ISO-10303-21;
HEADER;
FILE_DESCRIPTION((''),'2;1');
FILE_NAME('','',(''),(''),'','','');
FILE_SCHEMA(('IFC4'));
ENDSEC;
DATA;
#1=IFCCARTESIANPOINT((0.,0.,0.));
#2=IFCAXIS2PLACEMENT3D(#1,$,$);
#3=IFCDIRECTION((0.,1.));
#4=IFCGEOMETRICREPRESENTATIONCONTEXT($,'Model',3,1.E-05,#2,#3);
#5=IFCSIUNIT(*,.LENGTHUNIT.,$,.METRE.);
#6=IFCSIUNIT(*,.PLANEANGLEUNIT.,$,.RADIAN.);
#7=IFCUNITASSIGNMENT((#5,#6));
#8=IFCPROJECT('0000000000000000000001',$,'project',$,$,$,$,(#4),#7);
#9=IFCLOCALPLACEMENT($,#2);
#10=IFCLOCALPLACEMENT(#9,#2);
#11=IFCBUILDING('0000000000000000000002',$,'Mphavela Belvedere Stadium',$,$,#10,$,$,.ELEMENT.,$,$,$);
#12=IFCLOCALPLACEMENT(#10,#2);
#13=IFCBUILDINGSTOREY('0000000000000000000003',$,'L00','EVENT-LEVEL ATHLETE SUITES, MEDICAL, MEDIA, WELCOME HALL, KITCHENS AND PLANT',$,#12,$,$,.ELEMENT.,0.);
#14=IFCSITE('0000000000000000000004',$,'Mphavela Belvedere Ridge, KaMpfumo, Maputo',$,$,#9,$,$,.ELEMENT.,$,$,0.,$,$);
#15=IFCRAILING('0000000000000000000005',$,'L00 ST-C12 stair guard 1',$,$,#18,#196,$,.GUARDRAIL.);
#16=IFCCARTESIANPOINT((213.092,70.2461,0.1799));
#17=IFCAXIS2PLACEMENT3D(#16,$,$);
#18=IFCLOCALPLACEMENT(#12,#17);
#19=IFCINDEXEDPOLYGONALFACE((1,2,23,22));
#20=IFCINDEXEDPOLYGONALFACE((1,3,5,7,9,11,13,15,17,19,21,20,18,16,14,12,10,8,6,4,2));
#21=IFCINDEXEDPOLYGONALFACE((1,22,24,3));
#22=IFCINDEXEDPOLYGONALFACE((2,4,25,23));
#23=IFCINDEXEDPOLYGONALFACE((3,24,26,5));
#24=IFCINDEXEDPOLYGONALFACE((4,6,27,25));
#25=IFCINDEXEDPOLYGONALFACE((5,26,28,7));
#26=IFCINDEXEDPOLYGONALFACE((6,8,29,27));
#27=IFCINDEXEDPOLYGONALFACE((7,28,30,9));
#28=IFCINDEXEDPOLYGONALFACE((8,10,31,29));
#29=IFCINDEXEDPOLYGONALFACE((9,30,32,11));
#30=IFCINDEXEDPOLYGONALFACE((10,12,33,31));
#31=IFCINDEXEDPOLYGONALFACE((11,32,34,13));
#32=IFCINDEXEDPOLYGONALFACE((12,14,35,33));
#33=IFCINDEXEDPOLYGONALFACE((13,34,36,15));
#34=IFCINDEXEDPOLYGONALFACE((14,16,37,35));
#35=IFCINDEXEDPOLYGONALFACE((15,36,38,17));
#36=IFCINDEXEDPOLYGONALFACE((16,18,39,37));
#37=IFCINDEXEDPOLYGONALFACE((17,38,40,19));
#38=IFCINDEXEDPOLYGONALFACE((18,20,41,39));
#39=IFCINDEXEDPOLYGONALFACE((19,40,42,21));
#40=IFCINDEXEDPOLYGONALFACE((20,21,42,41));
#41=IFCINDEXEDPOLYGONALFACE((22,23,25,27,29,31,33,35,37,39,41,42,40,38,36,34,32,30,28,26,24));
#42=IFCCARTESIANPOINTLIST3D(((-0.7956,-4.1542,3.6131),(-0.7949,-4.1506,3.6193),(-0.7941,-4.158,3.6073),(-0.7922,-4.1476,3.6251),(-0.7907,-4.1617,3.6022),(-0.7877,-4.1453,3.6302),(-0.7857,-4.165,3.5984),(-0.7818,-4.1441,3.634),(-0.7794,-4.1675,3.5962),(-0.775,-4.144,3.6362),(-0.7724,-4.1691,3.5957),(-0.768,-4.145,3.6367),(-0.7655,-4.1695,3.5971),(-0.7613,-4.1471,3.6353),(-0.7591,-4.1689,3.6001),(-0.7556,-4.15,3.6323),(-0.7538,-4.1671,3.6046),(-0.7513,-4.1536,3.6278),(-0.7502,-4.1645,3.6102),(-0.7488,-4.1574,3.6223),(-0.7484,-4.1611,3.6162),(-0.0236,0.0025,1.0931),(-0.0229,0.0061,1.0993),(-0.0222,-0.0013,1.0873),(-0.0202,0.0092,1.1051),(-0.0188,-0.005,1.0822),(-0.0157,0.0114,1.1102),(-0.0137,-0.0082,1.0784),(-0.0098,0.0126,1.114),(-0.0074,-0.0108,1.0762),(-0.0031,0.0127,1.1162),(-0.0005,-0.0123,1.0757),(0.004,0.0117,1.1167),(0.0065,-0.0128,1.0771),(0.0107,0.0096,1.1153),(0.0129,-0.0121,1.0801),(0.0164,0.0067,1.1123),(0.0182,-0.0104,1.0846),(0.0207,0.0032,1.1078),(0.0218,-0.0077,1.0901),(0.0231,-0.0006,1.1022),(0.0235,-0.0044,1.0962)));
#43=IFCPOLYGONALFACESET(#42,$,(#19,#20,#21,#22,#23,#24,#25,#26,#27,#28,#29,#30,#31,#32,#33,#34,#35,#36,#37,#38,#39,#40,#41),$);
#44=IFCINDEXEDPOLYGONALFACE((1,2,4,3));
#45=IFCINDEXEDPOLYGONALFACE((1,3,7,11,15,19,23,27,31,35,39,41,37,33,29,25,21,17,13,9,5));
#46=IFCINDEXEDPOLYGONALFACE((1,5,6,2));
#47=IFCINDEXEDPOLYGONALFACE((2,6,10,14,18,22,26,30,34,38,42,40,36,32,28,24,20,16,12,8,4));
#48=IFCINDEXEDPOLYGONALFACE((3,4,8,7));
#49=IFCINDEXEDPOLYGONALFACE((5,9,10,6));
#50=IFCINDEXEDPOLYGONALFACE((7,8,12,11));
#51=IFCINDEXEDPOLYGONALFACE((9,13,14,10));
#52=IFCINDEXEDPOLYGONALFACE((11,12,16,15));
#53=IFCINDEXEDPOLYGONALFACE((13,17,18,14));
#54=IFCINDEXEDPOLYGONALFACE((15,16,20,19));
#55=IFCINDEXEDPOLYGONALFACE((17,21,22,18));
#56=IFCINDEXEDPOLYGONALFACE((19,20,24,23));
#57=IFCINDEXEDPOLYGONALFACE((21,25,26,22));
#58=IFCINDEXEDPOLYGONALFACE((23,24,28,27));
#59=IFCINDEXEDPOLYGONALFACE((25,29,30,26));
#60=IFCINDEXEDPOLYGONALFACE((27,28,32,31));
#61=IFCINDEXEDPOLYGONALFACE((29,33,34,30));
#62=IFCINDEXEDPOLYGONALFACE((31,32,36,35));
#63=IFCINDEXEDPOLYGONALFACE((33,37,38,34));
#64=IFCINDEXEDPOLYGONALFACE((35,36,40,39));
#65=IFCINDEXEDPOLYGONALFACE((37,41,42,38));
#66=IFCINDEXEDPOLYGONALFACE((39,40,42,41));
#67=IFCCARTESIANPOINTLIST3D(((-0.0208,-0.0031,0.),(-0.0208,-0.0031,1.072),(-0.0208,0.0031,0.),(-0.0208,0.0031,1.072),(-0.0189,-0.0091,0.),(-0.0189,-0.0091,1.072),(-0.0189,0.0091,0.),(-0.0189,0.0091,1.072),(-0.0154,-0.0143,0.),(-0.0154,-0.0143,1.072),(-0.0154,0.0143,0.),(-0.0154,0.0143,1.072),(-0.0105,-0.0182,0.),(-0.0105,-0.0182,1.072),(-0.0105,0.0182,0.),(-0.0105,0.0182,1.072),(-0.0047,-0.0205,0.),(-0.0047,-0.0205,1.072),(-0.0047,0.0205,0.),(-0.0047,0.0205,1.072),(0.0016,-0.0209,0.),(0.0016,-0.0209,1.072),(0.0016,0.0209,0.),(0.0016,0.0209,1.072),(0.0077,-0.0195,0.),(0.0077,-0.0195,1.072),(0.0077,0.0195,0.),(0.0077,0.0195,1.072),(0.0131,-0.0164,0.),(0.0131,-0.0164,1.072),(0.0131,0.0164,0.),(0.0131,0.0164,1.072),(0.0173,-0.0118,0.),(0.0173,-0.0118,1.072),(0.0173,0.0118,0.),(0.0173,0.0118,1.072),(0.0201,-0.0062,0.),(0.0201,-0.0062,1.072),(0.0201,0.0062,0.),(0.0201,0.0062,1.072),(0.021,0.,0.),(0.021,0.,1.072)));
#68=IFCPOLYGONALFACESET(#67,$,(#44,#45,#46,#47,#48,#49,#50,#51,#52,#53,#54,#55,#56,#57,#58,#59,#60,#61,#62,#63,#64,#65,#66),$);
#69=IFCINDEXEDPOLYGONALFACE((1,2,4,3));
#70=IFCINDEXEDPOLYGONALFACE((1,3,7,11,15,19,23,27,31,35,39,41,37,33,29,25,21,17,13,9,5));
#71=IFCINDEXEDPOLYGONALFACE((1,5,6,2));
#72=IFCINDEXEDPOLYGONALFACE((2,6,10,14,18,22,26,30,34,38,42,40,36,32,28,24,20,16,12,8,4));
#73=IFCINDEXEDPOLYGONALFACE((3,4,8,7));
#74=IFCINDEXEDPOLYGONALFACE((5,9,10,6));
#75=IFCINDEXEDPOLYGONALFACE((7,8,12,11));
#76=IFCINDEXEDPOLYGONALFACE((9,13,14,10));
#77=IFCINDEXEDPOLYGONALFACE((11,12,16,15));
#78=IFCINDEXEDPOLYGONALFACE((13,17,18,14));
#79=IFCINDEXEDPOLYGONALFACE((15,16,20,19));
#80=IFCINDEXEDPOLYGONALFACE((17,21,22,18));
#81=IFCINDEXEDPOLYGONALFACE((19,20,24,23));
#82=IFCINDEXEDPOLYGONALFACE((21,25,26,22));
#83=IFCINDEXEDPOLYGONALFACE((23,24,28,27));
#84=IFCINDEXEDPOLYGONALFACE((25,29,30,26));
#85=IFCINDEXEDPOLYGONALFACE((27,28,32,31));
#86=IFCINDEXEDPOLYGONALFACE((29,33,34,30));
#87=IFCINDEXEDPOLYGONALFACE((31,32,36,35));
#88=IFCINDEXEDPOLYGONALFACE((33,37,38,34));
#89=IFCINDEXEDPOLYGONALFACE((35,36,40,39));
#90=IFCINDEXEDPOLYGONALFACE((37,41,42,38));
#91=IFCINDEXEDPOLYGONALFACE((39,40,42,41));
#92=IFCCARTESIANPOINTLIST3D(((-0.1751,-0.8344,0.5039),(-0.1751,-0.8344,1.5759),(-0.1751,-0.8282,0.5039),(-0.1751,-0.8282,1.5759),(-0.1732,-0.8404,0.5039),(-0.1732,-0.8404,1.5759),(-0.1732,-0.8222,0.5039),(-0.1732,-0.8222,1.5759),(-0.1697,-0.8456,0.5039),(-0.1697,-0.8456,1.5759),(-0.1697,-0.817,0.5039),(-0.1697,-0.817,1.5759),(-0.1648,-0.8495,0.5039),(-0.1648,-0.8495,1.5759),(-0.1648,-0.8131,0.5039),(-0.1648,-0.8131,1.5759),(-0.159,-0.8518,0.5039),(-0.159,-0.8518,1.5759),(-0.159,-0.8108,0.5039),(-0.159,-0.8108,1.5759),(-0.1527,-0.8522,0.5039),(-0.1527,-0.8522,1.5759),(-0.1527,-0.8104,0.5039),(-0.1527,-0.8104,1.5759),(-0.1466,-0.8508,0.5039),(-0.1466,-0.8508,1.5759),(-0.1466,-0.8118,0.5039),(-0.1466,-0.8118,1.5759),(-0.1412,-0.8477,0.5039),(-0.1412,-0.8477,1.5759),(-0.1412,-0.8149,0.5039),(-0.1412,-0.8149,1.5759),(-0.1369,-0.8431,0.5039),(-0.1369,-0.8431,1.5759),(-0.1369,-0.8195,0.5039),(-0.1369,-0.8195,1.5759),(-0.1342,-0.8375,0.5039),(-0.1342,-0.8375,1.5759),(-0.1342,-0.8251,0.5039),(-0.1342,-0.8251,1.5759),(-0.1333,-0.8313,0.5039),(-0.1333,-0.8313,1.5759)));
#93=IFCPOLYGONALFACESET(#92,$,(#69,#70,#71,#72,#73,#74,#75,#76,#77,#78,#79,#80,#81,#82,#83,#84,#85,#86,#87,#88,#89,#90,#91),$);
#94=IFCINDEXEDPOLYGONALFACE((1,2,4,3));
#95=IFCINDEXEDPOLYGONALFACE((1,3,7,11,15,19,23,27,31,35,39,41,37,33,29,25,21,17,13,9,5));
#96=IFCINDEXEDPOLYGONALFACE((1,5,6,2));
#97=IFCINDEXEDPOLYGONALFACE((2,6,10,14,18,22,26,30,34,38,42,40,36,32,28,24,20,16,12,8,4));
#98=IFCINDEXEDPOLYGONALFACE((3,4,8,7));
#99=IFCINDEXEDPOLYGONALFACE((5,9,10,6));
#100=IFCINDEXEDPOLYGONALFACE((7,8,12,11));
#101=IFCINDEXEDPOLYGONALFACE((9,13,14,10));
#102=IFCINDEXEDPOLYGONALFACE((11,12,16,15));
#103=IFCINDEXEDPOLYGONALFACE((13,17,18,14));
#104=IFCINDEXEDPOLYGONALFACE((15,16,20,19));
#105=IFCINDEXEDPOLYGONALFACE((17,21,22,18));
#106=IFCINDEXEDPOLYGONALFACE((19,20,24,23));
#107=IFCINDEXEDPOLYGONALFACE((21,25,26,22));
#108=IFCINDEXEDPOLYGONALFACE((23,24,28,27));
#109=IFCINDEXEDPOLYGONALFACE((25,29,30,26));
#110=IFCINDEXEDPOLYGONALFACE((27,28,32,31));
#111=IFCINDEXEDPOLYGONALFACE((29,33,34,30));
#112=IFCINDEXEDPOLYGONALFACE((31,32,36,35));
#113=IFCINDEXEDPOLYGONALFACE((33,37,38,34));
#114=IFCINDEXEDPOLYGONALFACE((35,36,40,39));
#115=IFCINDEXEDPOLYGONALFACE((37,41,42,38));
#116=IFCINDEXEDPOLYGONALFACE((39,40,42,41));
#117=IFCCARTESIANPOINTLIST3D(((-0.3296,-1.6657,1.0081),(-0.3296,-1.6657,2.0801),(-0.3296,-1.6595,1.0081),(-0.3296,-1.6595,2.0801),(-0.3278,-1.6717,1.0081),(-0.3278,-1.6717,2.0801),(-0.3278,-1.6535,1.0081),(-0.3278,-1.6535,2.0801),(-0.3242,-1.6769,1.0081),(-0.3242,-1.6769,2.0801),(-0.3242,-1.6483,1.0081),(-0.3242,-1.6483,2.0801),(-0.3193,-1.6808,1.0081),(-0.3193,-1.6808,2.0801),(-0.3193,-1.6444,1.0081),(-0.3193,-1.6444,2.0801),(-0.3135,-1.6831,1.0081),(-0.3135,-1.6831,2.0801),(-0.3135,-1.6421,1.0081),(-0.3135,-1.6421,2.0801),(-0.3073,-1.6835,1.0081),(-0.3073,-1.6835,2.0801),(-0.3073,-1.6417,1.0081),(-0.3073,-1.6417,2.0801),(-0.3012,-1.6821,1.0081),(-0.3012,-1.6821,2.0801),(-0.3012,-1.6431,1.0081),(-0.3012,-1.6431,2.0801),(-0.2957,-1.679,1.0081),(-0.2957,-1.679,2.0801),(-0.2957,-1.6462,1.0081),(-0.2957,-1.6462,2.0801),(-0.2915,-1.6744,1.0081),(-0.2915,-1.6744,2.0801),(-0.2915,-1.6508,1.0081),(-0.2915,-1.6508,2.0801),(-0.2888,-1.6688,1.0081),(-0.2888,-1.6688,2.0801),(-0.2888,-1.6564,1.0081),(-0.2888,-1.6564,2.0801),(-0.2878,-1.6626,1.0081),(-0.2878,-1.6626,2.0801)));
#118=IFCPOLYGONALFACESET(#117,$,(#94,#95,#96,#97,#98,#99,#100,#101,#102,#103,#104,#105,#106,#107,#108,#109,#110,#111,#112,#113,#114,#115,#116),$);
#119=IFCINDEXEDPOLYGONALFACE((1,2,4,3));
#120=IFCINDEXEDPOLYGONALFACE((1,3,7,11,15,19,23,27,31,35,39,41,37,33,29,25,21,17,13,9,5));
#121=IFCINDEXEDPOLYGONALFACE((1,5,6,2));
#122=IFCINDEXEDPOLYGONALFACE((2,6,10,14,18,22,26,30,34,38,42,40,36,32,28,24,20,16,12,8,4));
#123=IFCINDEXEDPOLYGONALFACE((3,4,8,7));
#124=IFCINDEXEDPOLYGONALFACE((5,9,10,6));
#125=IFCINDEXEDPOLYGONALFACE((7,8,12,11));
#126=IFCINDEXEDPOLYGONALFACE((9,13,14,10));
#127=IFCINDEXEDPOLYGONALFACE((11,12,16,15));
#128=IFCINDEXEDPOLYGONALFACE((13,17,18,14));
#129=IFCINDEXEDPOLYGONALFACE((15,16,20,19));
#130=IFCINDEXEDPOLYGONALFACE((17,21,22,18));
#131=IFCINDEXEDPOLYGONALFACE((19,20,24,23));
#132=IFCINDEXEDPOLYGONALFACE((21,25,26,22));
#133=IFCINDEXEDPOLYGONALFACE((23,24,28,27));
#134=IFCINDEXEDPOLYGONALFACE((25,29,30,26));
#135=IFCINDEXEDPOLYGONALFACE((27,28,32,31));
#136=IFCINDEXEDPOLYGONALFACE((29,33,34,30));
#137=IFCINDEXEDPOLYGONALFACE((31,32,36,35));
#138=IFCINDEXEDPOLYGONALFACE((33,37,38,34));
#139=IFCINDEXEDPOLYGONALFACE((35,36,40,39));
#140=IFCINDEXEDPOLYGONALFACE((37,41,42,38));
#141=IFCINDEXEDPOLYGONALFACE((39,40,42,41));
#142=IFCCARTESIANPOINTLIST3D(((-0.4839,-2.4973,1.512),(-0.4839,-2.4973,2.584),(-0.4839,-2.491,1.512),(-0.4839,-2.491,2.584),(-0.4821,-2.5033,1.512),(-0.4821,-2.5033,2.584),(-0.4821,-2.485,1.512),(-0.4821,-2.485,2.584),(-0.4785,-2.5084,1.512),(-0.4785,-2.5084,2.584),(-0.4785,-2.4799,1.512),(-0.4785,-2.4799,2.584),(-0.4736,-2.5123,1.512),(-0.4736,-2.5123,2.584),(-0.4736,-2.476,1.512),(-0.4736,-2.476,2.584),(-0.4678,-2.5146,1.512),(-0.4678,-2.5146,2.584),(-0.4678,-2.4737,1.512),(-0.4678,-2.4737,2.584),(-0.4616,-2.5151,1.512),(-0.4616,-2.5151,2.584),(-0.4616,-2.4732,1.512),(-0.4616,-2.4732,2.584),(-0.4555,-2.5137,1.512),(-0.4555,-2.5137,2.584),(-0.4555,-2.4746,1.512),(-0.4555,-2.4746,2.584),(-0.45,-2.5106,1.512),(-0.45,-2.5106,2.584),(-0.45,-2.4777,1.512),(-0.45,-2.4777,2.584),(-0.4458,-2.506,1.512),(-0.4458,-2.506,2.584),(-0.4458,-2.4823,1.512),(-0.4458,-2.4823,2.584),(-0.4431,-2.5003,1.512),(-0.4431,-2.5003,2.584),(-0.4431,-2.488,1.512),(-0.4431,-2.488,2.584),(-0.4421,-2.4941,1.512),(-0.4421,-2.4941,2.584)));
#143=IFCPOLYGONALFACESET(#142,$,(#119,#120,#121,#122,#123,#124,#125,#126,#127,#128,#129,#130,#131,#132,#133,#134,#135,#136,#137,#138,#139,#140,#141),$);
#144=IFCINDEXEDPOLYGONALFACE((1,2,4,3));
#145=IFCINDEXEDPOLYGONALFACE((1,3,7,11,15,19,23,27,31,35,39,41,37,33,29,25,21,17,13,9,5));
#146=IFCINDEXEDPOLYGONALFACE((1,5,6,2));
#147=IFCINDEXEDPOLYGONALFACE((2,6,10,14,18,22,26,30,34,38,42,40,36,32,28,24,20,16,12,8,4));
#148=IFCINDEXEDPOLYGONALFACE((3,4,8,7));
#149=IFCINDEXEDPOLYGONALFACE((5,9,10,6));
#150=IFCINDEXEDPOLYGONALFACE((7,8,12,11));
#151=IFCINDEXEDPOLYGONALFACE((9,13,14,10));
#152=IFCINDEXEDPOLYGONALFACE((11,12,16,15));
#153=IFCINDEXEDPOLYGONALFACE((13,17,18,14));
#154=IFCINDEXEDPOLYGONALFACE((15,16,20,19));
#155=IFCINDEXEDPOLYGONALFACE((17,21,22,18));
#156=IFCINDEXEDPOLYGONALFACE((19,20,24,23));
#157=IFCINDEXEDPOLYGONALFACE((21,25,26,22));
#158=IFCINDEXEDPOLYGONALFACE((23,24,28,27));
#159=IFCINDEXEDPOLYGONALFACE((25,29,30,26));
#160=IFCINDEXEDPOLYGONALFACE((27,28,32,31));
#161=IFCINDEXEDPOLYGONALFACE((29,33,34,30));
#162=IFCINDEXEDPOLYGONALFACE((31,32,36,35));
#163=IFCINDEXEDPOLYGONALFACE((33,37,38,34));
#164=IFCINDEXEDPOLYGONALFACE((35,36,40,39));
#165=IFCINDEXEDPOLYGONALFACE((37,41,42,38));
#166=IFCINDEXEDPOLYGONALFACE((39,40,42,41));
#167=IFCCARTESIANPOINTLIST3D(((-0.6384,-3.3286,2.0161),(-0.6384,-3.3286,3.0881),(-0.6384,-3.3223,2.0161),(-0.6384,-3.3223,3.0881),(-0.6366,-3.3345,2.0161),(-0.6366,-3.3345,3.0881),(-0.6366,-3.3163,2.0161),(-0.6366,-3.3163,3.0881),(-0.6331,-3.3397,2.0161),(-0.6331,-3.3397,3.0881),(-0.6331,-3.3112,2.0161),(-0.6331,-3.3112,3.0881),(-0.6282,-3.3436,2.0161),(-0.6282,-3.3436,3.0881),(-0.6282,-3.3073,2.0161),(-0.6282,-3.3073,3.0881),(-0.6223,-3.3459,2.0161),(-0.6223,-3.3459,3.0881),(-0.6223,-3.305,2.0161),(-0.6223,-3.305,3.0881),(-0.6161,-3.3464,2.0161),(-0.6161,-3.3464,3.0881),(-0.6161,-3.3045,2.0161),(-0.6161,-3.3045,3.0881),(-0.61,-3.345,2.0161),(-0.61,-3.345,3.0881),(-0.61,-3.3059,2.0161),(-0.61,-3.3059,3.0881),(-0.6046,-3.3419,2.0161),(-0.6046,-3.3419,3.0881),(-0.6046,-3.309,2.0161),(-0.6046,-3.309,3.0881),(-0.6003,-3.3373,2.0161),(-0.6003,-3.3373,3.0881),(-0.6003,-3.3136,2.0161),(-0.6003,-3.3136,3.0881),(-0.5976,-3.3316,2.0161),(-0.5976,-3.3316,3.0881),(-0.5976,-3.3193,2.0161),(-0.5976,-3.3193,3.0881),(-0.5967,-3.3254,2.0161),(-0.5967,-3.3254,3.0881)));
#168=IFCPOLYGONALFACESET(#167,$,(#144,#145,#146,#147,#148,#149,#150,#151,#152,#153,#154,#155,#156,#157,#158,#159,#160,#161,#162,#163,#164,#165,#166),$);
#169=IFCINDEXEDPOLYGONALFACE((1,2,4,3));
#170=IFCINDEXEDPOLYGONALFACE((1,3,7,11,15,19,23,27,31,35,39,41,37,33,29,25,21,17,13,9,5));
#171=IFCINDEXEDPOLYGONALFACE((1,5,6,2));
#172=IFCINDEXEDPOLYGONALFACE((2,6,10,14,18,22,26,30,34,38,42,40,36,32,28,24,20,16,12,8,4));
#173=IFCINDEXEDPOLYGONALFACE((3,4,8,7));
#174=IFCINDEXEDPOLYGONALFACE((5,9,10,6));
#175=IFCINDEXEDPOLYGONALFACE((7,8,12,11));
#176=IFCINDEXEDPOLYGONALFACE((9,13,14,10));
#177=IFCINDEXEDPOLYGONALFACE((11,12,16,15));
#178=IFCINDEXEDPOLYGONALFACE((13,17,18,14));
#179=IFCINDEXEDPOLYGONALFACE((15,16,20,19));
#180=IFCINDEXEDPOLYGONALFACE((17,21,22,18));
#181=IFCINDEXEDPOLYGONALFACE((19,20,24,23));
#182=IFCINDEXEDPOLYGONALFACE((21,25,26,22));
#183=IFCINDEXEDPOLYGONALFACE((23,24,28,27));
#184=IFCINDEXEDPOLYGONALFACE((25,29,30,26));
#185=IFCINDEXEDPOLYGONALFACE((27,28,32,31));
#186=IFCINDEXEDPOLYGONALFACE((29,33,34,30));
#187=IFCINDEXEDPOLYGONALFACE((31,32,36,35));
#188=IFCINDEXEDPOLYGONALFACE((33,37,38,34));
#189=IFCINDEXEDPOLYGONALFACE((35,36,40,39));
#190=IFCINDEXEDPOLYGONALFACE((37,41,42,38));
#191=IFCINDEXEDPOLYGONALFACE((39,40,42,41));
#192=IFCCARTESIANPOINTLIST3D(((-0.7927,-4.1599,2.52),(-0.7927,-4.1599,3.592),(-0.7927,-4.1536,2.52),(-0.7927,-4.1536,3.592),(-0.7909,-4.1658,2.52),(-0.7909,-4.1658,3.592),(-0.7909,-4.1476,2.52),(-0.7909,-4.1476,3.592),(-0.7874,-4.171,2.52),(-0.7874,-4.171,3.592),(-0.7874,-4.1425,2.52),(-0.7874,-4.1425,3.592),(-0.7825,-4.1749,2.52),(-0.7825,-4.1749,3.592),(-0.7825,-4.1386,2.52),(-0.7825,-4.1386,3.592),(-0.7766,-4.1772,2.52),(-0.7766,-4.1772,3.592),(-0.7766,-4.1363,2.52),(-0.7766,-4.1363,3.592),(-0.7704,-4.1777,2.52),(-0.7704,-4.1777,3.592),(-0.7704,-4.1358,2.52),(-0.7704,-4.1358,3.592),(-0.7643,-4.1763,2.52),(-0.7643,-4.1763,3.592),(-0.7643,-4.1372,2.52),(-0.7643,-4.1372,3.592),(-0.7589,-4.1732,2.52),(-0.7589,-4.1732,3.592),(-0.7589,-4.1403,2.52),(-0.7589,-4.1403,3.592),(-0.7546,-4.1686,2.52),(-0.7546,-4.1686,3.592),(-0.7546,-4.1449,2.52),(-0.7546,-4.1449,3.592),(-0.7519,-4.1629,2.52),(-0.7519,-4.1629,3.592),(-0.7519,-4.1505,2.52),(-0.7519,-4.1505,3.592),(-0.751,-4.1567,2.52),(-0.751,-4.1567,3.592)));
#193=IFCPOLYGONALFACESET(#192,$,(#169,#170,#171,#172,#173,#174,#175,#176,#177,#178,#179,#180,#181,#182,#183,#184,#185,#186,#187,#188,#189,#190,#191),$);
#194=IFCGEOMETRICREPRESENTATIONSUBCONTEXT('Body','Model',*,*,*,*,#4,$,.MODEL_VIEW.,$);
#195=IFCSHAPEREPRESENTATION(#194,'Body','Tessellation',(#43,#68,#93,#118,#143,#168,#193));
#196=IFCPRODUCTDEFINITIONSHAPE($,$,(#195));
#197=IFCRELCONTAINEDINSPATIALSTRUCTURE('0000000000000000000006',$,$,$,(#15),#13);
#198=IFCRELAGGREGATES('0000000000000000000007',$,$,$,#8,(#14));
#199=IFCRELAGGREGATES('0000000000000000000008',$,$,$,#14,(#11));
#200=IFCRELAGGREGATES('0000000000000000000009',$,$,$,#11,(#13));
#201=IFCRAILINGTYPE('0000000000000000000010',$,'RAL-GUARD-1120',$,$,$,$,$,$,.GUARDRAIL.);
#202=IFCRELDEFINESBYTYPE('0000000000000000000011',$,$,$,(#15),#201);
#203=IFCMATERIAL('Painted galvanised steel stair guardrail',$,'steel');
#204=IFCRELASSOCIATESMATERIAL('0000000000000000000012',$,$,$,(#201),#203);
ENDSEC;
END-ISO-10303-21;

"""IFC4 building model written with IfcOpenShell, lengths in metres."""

from ifc_helpers import new_model, si_unit, direction, frame, origin, origin_2d, place, context, subcontext, project, spatial, circle, extrude, material, type_object, element, save


model = new_model("IFC4")

# Units and contexts
model_context = context("Model", 3, precision=1e-05, world=origin(), true_north=direction((0.0, 1.0)))
body_context = subcontext(model_context, "Body", "Model", "MODEL_VIEW")
ifc_project = project(units=[si_unit("LENGTHUNIT", "METRE"), si_unit("PLANEANGLEUNIT", "RADIAN")], contexts=[model_context])

# Site, building, storey
site_placement = place(None, origin())
site = spatial("IfcSite", under=ifc_project, at=site_placement, Name="Mphavela Belvedere Ridge, KaMpfumo, Maputo", CompositionType="ELEMENT", RefElevation=0.0)
building_placement = place(site_placement, origin())
building = spatial("IfcBuilding", under=site, at=building_placement, Name="Mphavela Belvedere Stadium", CompositionType="ELEMENT")
storey_placement = place(building_placement, origin())
storey = spatial("IfcBuildingStorey", under=building, at=storey_placement, Name="L00", Description="EVENT-LEVEL ATHLETE SUITES, MEDICAL, MEDIA, WELCOME HALL, KITCHENS AND PLANT", CompositionType="ELEMENT", Elevation=0.0)

# Railing
ifc_material_1 = material(Name="Painted galvanised steel stair guardrail", Category="steel")
railing_type_1 = type_object("IfcRailingType", Name="RAL-GUARD-1120", PredefinedType="GUARDRAIL", material=ifc_material_1)
railing_1_placement = place(storey_placement, frame((213.092, 70.2461, 0.1799)))
element("IfcRailing", 1, at=railing_1_placement, inside=storey, type_object=railing_type_1, Name="L00 ST-C12 stair guard 1", PredefinedType="GUARDRAIL", context=body_context, shape_type="SweptSolid", body=[
    extrude(circle(Radius=0.0239, at=origin_2d()), frame((0.0, 0.0, 1.0962), z_axis=(-0.156845, -0.844543, 0.512003), x_axis=(0.983188, -0.182594, 0.0)), (0.0, 0.0, 1.0), 4.9219),
    extrude(circle(Radius=0.021, at=origin_2d()), origin(), (0.0, 0.0, 1.0), 1.072),
    extrude(circle(Radius=0.021, at=origin_2d()), frame((-0.1543, -0.8313, 0.5039)), (0.0, 0.0, 1.0), 1.072),
    extrude(circle(Radius=0.021, at=origin_2d()), frame((-0.3088, -1.6626, 1.0081)), (0.0, 0.0, 1.0), 1.072),
    extrude(circle(Radius=0.021, at=origin_2d()), frame((-0.4631, -2.4941, 1.512)), (0.0, 0.0, 1.0), 1.072),
    extrude(circle(Radius=0.021, at=origin_2d()), frame((-0.6177, -3.3254, 2.0161)), (0.0, 0.0, 1.0), 1.072),
    extrude(circle(Radius=0.021, at=origin_2d()), frame((-0.772, -4.1567, 2.52)), (0.0, 0.0, 1.0), 1.072),
])

save(model, "model.ifc")
